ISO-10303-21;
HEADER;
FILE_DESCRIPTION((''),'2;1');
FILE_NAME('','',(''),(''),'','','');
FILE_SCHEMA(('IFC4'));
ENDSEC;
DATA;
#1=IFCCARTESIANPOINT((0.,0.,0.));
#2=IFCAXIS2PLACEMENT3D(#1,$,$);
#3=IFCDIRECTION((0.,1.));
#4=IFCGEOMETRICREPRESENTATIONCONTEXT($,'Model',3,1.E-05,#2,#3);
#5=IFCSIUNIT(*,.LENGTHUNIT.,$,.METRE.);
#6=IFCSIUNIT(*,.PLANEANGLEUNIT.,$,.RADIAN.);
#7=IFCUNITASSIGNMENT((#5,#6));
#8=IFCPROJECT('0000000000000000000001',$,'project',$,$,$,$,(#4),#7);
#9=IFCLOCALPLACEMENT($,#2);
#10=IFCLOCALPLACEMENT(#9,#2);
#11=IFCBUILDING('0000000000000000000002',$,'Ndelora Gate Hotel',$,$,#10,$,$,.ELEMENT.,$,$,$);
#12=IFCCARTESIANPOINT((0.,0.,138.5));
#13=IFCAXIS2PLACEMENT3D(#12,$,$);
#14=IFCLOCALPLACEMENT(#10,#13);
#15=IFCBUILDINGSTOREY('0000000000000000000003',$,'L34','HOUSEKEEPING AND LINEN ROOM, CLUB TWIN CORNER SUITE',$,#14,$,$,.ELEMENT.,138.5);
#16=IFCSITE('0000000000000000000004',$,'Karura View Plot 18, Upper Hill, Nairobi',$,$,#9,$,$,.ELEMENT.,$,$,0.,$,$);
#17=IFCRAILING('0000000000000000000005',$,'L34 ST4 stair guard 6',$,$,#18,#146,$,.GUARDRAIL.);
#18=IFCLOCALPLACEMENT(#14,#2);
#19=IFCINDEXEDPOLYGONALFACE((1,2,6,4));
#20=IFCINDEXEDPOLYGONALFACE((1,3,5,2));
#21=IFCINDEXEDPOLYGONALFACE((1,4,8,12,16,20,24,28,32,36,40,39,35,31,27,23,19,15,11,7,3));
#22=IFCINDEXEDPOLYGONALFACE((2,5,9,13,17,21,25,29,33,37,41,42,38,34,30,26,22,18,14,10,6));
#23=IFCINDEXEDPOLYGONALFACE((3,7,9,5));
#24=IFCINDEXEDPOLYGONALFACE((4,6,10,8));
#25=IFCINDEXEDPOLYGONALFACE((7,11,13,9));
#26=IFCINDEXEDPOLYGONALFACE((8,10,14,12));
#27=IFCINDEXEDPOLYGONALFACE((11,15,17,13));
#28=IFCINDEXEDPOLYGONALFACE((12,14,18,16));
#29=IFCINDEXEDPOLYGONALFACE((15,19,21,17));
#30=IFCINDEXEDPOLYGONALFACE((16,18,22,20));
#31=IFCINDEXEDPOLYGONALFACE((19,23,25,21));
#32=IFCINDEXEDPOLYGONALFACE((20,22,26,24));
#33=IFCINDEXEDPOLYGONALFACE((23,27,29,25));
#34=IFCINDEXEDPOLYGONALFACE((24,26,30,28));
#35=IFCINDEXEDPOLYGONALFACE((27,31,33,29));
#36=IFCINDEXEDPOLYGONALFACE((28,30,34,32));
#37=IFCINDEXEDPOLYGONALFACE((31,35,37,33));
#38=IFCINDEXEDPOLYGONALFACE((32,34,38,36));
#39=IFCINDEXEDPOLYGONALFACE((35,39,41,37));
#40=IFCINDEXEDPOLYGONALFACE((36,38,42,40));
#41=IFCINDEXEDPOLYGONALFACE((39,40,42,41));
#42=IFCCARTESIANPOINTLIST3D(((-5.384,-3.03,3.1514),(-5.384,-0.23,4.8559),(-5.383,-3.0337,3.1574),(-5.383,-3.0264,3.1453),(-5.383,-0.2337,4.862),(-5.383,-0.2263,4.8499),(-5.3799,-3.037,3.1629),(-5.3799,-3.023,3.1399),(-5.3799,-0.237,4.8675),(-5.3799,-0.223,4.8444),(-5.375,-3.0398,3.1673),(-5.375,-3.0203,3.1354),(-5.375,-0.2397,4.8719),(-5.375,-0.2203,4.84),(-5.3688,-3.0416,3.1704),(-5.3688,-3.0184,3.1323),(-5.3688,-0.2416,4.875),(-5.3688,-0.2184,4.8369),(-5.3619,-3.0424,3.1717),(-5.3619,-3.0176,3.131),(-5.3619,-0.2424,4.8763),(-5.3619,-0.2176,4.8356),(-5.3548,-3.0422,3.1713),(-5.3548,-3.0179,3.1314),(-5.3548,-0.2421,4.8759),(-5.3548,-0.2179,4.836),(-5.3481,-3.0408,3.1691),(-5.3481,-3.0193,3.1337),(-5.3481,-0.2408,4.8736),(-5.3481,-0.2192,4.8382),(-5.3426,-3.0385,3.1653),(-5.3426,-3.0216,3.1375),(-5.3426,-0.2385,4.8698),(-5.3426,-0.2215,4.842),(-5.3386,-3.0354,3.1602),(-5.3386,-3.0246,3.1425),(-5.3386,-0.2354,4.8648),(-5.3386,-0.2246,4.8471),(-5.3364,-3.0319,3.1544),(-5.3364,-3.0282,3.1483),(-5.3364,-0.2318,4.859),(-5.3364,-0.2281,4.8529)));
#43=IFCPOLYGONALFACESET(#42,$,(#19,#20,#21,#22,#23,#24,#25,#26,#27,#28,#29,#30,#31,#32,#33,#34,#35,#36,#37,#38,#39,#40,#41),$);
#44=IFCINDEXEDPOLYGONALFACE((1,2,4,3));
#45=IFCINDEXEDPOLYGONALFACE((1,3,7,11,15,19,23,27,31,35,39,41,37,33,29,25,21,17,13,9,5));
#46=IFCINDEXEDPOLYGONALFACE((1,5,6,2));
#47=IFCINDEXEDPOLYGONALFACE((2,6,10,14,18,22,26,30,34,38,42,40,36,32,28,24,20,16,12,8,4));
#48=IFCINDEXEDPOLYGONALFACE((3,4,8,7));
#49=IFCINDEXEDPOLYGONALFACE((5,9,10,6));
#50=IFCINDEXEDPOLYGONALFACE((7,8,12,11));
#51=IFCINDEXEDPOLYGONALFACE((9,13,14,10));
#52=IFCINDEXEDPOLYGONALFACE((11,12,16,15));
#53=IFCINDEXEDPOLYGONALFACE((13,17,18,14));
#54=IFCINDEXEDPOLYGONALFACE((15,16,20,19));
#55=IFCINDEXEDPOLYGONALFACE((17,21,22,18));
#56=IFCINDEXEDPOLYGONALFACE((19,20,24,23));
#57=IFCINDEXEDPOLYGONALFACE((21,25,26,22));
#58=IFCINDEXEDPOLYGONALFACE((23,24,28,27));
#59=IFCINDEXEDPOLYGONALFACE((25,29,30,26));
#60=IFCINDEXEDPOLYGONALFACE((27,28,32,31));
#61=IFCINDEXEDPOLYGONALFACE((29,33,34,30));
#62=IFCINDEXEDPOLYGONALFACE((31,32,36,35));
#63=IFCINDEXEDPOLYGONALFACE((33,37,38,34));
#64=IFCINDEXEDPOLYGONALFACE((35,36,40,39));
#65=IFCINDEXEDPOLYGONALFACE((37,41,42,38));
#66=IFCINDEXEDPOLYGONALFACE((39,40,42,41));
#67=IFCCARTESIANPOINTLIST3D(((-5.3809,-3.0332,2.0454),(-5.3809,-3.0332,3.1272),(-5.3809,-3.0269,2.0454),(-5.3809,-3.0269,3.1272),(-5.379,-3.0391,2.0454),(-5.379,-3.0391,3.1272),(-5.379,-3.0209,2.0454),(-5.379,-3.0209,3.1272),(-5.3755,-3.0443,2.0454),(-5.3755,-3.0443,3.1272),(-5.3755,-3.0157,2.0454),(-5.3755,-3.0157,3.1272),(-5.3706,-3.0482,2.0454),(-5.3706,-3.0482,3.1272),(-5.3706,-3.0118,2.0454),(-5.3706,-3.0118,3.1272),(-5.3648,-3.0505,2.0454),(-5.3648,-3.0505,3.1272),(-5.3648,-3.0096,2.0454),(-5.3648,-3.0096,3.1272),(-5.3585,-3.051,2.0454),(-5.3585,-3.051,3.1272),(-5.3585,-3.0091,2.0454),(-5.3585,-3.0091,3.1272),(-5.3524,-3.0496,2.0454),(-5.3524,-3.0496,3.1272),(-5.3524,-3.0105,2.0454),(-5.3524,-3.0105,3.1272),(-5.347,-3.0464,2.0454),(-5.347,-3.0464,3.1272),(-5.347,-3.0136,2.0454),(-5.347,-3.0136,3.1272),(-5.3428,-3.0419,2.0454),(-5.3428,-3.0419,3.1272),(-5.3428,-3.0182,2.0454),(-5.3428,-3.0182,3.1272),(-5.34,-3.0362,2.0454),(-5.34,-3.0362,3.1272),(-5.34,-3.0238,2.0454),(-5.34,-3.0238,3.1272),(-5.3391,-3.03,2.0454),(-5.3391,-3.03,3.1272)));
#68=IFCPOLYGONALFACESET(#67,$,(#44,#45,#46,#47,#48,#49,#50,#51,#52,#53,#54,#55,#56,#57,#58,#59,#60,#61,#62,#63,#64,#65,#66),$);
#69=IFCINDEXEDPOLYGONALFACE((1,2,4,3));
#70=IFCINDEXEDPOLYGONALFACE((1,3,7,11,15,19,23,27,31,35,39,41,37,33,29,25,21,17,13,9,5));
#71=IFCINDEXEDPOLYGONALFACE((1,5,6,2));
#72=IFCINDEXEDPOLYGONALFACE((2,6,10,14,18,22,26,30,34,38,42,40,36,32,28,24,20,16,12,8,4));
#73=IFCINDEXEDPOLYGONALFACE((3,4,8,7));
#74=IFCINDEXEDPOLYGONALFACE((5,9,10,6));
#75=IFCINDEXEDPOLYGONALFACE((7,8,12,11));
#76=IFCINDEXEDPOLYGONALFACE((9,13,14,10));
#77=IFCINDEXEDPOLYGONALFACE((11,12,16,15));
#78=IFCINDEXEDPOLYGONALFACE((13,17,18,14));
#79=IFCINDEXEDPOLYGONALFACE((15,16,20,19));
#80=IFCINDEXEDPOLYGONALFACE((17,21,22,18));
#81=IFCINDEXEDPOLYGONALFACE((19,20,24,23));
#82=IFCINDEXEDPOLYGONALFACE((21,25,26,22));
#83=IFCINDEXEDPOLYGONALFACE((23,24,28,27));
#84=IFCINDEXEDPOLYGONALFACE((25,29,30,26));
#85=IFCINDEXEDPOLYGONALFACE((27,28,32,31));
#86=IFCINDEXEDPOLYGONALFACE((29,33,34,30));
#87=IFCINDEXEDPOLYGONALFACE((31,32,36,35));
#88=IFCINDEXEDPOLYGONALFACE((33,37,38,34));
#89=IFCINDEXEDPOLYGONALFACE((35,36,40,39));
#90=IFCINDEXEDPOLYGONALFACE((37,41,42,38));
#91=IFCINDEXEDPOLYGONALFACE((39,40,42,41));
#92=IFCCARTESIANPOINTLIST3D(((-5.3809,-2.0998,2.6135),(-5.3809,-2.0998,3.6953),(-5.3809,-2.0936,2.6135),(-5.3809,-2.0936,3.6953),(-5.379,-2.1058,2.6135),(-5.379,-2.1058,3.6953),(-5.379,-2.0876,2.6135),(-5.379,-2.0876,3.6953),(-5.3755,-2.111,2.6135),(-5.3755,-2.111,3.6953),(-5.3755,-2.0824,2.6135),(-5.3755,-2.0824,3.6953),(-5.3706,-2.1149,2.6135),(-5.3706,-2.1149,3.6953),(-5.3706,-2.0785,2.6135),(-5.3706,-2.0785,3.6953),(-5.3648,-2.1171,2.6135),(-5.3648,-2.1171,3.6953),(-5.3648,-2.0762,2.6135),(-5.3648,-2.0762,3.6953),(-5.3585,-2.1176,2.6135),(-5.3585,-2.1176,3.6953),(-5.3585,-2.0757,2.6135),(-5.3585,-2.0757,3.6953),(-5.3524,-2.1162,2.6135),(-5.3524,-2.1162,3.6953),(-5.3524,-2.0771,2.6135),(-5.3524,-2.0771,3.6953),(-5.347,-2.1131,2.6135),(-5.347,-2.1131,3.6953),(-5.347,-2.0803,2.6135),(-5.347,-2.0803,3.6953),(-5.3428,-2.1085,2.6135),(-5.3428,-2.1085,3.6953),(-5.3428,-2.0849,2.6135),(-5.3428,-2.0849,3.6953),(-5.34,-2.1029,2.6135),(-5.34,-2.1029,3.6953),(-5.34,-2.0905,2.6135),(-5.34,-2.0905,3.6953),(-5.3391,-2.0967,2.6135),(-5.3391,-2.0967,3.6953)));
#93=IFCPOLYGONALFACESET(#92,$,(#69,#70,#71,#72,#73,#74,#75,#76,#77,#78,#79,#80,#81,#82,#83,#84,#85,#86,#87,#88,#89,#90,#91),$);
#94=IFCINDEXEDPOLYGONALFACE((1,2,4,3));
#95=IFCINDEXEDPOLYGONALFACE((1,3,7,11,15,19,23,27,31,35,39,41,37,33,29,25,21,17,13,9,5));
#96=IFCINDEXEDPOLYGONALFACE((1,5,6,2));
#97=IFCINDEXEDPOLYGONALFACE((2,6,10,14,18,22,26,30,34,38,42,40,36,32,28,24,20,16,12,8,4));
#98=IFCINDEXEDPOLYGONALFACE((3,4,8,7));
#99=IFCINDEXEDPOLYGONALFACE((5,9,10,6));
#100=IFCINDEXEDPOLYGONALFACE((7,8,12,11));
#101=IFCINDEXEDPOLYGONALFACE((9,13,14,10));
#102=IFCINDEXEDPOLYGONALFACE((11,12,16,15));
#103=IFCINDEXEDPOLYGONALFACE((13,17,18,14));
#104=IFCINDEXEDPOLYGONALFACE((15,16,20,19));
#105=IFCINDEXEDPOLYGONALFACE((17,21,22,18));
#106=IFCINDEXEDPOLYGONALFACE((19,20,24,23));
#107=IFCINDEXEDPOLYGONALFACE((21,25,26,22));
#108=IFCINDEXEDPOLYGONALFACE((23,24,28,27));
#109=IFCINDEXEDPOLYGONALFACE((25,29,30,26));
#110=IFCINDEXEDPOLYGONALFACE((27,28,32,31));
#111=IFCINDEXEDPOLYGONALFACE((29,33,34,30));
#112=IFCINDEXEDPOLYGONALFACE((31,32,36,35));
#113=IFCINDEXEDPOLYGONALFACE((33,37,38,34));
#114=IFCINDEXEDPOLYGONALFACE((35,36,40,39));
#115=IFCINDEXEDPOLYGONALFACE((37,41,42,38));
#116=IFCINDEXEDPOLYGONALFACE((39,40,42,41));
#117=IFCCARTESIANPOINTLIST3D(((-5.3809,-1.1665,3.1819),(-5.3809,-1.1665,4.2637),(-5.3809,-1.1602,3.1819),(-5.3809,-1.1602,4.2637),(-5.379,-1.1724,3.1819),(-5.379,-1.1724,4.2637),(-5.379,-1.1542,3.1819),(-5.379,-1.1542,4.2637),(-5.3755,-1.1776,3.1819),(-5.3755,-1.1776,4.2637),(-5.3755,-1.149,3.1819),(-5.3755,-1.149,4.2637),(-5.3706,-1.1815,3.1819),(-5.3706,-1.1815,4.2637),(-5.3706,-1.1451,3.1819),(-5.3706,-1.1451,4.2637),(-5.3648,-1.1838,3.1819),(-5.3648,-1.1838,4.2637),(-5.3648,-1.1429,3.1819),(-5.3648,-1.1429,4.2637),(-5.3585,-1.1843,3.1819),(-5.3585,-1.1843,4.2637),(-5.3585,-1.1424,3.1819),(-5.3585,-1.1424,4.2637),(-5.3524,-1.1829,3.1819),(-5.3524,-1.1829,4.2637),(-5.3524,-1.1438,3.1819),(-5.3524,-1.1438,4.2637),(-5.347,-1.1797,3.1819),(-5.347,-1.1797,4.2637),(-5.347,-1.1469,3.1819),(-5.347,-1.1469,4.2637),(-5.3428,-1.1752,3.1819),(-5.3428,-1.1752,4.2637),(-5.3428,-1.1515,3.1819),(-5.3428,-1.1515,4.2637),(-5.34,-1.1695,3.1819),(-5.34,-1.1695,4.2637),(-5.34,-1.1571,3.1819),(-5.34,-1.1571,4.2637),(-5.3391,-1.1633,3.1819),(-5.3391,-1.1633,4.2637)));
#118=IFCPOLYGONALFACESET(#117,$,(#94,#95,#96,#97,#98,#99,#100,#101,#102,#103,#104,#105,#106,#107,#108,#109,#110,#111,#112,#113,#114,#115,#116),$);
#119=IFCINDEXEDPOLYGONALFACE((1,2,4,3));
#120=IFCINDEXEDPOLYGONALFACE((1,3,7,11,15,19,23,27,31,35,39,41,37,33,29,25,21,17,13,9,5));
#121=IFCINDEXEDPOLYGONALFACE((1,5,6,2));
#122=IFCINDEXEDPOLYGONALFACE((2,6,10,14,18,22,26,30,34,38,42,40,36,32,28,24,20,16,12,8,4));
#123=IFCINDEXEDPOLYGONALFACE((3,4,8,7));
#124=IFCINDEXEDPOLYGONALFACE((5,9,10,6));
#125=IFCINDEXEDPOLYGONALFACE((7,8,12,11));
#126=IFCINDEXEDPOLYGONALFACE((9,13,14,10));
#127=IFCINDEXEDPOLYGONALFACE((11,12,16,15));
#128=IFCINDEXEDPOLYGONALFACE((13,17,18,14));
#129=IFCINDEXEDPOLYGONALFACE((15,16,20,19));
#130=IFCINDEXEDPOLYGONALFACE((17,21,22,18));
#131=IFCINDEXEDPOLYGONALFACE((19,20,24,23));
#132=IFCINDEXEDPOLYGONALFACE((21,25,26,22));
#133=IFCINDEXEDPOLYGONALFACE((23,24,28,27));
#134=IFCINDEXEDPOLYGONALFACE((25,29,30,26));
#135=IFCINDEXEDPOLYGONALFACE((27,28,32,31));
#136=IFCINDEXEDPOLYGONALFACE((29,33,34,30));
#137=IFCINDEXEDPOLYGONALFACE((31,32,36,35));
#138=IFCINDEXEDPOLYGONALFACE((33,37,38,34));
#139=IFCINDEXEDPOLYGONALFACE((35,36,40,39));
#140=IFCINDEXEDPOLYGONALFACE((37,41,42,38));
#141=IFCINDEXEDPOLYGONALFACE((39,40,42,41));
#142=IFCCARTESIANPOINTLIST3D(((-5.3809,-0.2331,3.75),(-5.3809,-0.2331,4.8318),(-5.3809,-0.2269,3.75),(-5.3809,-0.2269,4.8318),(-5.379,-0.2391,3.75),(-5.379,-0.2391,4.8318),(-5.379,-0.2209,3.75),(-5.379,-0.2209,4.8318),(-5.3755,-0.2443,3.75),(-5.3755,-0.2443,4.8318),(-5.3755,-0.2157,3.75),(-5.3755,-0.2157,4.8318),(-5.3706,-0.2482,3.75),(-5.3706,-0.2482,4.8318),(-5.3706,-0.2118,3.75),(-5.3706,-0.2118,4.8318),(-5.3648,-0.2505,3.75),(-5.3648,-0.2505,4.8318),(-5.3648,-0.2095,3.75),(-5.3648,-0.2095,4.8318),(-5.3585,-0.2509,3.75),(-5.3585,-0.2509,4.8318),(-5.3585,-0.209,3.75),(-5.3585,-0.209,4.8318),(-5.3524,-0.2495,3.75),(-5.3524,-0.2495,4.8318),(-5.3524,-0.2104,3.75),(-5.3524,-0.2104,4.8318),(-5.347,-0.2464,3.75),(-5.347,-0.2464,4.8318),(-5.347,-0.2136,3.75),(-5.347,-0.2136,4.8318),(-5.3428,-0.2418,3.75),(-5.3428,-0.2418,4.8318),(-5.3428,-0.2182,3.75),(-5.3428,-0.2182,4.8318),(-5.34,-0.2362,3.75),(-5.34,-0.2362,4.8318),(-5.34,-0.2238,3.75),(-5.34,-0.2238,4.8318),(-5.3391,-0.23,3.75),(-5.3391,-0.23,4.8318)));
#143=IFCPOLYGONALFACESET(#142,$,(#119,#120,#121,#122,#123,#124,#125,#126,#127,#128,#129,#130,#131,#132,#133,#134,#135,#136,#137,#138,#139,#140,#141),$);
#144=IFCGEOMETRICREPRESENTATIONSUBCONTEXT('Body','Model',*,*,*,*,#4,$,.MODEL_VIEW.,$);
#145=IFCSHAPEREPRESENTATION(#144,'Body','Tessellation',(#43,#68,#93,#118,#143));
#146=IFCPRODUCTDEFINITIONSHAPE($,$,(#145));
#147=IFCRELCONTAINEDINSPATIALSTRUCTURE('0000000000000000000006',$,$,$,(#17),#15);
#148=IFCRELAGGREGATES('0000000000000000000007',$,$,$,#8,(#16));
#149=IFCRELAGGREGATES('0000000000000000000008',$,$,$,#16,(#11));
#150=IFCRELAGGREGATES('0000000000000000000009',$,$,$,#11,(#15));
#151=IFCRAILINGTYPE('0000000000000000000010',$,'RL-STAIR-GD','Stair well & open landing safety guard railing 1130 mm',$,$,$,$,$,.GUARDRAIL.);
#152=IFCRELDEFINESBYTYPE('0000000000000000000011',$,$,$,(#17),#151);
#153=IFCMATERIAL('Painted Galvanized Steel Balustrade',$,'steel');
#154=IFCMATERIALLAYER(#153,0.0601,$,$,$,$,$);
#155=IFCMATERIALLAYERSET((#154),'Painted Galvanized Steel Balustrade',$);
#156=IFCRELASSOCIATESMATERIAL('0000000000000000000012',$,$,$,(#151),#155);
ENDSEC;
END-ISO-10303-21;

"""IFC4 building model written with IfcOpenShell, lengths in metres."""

from ifc_helpers import new_model, si_unit, direction, frame, origin, origin_2d, place, context, subcontext, project, spatial, circle, extrude, material, layer, layer_set, type_object, element, save


model = new_model("IFC4")

# Units and contexts
model_context = context("Model", 3, precision=1e-05, world=origin(), true_north=direction((0.0, 1.0)))
body_context = subcontext(model_context, "Body", "Model", "MODEL_VIEW")
ifc_project = project(units=[si_unit("LENGTHUNIT", "METRE"), si_unit("PLANEANGLEUNIT", "RADIAN")], contexts=[model_context])

# Site, building, storey
site_placement = place(None, origin())
site = spatial("IfcSite", under=ifc_project, at=site_placement, Name="Karura View Plot 18, Upper Hill, Nairobi", CompositionType="ELEMENT", RefElevation=0.0)
building_placement = place(site_placement, origin())
building = spatial("IfcBuilding", under=site, at=building_placement, Name="Ndelora Gate Hotel", CompositionType="ELEMENT")
storey_placement = place(building_placement, frame((0.0, 0.0, 138.5)))
storey = spatial("IfcBuildingStorey", under=building, at=storey_placement, Name="L34", Description="HOUSEKEEPING AND LINEN ROOM, CLUB TWIN CORNER SUITE", CompositionType="ELEMENT", Elevation=138.5)

# Railing
ifc_material_1 = material(Name="Painted Galvanized Steel Balustrade", Category="steel")
ifc_layer_1 = layer(ifc_material_1, 0.0601)
ifc_layer_set_1 = layer_set([ifc_layer_1], Name="Painted Galvanized Steel Balustrade")
railing_type_1 = type_object("IfcRailingType", Name="RL-STAIR-GD", Description="Stair well & open landing safety guard railing 1130 mm", PredefinedType="GUARDRAIL", material=ifc_layer_set_1)
railing_1_placement = place(storey_placement, frame((-5.3601, -3.03, 2.0454)))
element("IfcRailing", 1, at=railing_1_placement, inside=storey, type_object=railing_type_1, Name="L34 ST4 stair guard 6", PredefinedType="GUARDRAIL", context=body_context, shape_type="SweptSolid", body=[
    extrude(circle(Radius=0.0239, at=origin_2d()), frame((0.0, 0.0, 1.106), z_axis=(0.0, 0.85417, 0.519994), x_axis=(-1.0, 0.0, 0.0)), (0.0, 0.0, 1.0), 3.2781),
    extrude(circle(Radius=0.021, at=origin_2d()), origin(), (0.0, 0.0, 1.0), 1.0818),
    extrude(circle(Radius=0.021, at=origin_2d()), frame((0.0, 0.9333, 0.5681)), (0.0, 0.0, 1.0), 1.0818),
    extrude(circle(Radius=0.021, at=origin_2d()), frame((0.0, 1.8667, 1.1365)), (0.0, 0.0, 1.0), 1.0818),
    extrude(circle(Radius=0.021, at=origin_2d()), frame((0.0, 2.8, 1.7046)), (0.0, 0.0, 1.0), 1.0818),
])

save(model, "model.ifc")
